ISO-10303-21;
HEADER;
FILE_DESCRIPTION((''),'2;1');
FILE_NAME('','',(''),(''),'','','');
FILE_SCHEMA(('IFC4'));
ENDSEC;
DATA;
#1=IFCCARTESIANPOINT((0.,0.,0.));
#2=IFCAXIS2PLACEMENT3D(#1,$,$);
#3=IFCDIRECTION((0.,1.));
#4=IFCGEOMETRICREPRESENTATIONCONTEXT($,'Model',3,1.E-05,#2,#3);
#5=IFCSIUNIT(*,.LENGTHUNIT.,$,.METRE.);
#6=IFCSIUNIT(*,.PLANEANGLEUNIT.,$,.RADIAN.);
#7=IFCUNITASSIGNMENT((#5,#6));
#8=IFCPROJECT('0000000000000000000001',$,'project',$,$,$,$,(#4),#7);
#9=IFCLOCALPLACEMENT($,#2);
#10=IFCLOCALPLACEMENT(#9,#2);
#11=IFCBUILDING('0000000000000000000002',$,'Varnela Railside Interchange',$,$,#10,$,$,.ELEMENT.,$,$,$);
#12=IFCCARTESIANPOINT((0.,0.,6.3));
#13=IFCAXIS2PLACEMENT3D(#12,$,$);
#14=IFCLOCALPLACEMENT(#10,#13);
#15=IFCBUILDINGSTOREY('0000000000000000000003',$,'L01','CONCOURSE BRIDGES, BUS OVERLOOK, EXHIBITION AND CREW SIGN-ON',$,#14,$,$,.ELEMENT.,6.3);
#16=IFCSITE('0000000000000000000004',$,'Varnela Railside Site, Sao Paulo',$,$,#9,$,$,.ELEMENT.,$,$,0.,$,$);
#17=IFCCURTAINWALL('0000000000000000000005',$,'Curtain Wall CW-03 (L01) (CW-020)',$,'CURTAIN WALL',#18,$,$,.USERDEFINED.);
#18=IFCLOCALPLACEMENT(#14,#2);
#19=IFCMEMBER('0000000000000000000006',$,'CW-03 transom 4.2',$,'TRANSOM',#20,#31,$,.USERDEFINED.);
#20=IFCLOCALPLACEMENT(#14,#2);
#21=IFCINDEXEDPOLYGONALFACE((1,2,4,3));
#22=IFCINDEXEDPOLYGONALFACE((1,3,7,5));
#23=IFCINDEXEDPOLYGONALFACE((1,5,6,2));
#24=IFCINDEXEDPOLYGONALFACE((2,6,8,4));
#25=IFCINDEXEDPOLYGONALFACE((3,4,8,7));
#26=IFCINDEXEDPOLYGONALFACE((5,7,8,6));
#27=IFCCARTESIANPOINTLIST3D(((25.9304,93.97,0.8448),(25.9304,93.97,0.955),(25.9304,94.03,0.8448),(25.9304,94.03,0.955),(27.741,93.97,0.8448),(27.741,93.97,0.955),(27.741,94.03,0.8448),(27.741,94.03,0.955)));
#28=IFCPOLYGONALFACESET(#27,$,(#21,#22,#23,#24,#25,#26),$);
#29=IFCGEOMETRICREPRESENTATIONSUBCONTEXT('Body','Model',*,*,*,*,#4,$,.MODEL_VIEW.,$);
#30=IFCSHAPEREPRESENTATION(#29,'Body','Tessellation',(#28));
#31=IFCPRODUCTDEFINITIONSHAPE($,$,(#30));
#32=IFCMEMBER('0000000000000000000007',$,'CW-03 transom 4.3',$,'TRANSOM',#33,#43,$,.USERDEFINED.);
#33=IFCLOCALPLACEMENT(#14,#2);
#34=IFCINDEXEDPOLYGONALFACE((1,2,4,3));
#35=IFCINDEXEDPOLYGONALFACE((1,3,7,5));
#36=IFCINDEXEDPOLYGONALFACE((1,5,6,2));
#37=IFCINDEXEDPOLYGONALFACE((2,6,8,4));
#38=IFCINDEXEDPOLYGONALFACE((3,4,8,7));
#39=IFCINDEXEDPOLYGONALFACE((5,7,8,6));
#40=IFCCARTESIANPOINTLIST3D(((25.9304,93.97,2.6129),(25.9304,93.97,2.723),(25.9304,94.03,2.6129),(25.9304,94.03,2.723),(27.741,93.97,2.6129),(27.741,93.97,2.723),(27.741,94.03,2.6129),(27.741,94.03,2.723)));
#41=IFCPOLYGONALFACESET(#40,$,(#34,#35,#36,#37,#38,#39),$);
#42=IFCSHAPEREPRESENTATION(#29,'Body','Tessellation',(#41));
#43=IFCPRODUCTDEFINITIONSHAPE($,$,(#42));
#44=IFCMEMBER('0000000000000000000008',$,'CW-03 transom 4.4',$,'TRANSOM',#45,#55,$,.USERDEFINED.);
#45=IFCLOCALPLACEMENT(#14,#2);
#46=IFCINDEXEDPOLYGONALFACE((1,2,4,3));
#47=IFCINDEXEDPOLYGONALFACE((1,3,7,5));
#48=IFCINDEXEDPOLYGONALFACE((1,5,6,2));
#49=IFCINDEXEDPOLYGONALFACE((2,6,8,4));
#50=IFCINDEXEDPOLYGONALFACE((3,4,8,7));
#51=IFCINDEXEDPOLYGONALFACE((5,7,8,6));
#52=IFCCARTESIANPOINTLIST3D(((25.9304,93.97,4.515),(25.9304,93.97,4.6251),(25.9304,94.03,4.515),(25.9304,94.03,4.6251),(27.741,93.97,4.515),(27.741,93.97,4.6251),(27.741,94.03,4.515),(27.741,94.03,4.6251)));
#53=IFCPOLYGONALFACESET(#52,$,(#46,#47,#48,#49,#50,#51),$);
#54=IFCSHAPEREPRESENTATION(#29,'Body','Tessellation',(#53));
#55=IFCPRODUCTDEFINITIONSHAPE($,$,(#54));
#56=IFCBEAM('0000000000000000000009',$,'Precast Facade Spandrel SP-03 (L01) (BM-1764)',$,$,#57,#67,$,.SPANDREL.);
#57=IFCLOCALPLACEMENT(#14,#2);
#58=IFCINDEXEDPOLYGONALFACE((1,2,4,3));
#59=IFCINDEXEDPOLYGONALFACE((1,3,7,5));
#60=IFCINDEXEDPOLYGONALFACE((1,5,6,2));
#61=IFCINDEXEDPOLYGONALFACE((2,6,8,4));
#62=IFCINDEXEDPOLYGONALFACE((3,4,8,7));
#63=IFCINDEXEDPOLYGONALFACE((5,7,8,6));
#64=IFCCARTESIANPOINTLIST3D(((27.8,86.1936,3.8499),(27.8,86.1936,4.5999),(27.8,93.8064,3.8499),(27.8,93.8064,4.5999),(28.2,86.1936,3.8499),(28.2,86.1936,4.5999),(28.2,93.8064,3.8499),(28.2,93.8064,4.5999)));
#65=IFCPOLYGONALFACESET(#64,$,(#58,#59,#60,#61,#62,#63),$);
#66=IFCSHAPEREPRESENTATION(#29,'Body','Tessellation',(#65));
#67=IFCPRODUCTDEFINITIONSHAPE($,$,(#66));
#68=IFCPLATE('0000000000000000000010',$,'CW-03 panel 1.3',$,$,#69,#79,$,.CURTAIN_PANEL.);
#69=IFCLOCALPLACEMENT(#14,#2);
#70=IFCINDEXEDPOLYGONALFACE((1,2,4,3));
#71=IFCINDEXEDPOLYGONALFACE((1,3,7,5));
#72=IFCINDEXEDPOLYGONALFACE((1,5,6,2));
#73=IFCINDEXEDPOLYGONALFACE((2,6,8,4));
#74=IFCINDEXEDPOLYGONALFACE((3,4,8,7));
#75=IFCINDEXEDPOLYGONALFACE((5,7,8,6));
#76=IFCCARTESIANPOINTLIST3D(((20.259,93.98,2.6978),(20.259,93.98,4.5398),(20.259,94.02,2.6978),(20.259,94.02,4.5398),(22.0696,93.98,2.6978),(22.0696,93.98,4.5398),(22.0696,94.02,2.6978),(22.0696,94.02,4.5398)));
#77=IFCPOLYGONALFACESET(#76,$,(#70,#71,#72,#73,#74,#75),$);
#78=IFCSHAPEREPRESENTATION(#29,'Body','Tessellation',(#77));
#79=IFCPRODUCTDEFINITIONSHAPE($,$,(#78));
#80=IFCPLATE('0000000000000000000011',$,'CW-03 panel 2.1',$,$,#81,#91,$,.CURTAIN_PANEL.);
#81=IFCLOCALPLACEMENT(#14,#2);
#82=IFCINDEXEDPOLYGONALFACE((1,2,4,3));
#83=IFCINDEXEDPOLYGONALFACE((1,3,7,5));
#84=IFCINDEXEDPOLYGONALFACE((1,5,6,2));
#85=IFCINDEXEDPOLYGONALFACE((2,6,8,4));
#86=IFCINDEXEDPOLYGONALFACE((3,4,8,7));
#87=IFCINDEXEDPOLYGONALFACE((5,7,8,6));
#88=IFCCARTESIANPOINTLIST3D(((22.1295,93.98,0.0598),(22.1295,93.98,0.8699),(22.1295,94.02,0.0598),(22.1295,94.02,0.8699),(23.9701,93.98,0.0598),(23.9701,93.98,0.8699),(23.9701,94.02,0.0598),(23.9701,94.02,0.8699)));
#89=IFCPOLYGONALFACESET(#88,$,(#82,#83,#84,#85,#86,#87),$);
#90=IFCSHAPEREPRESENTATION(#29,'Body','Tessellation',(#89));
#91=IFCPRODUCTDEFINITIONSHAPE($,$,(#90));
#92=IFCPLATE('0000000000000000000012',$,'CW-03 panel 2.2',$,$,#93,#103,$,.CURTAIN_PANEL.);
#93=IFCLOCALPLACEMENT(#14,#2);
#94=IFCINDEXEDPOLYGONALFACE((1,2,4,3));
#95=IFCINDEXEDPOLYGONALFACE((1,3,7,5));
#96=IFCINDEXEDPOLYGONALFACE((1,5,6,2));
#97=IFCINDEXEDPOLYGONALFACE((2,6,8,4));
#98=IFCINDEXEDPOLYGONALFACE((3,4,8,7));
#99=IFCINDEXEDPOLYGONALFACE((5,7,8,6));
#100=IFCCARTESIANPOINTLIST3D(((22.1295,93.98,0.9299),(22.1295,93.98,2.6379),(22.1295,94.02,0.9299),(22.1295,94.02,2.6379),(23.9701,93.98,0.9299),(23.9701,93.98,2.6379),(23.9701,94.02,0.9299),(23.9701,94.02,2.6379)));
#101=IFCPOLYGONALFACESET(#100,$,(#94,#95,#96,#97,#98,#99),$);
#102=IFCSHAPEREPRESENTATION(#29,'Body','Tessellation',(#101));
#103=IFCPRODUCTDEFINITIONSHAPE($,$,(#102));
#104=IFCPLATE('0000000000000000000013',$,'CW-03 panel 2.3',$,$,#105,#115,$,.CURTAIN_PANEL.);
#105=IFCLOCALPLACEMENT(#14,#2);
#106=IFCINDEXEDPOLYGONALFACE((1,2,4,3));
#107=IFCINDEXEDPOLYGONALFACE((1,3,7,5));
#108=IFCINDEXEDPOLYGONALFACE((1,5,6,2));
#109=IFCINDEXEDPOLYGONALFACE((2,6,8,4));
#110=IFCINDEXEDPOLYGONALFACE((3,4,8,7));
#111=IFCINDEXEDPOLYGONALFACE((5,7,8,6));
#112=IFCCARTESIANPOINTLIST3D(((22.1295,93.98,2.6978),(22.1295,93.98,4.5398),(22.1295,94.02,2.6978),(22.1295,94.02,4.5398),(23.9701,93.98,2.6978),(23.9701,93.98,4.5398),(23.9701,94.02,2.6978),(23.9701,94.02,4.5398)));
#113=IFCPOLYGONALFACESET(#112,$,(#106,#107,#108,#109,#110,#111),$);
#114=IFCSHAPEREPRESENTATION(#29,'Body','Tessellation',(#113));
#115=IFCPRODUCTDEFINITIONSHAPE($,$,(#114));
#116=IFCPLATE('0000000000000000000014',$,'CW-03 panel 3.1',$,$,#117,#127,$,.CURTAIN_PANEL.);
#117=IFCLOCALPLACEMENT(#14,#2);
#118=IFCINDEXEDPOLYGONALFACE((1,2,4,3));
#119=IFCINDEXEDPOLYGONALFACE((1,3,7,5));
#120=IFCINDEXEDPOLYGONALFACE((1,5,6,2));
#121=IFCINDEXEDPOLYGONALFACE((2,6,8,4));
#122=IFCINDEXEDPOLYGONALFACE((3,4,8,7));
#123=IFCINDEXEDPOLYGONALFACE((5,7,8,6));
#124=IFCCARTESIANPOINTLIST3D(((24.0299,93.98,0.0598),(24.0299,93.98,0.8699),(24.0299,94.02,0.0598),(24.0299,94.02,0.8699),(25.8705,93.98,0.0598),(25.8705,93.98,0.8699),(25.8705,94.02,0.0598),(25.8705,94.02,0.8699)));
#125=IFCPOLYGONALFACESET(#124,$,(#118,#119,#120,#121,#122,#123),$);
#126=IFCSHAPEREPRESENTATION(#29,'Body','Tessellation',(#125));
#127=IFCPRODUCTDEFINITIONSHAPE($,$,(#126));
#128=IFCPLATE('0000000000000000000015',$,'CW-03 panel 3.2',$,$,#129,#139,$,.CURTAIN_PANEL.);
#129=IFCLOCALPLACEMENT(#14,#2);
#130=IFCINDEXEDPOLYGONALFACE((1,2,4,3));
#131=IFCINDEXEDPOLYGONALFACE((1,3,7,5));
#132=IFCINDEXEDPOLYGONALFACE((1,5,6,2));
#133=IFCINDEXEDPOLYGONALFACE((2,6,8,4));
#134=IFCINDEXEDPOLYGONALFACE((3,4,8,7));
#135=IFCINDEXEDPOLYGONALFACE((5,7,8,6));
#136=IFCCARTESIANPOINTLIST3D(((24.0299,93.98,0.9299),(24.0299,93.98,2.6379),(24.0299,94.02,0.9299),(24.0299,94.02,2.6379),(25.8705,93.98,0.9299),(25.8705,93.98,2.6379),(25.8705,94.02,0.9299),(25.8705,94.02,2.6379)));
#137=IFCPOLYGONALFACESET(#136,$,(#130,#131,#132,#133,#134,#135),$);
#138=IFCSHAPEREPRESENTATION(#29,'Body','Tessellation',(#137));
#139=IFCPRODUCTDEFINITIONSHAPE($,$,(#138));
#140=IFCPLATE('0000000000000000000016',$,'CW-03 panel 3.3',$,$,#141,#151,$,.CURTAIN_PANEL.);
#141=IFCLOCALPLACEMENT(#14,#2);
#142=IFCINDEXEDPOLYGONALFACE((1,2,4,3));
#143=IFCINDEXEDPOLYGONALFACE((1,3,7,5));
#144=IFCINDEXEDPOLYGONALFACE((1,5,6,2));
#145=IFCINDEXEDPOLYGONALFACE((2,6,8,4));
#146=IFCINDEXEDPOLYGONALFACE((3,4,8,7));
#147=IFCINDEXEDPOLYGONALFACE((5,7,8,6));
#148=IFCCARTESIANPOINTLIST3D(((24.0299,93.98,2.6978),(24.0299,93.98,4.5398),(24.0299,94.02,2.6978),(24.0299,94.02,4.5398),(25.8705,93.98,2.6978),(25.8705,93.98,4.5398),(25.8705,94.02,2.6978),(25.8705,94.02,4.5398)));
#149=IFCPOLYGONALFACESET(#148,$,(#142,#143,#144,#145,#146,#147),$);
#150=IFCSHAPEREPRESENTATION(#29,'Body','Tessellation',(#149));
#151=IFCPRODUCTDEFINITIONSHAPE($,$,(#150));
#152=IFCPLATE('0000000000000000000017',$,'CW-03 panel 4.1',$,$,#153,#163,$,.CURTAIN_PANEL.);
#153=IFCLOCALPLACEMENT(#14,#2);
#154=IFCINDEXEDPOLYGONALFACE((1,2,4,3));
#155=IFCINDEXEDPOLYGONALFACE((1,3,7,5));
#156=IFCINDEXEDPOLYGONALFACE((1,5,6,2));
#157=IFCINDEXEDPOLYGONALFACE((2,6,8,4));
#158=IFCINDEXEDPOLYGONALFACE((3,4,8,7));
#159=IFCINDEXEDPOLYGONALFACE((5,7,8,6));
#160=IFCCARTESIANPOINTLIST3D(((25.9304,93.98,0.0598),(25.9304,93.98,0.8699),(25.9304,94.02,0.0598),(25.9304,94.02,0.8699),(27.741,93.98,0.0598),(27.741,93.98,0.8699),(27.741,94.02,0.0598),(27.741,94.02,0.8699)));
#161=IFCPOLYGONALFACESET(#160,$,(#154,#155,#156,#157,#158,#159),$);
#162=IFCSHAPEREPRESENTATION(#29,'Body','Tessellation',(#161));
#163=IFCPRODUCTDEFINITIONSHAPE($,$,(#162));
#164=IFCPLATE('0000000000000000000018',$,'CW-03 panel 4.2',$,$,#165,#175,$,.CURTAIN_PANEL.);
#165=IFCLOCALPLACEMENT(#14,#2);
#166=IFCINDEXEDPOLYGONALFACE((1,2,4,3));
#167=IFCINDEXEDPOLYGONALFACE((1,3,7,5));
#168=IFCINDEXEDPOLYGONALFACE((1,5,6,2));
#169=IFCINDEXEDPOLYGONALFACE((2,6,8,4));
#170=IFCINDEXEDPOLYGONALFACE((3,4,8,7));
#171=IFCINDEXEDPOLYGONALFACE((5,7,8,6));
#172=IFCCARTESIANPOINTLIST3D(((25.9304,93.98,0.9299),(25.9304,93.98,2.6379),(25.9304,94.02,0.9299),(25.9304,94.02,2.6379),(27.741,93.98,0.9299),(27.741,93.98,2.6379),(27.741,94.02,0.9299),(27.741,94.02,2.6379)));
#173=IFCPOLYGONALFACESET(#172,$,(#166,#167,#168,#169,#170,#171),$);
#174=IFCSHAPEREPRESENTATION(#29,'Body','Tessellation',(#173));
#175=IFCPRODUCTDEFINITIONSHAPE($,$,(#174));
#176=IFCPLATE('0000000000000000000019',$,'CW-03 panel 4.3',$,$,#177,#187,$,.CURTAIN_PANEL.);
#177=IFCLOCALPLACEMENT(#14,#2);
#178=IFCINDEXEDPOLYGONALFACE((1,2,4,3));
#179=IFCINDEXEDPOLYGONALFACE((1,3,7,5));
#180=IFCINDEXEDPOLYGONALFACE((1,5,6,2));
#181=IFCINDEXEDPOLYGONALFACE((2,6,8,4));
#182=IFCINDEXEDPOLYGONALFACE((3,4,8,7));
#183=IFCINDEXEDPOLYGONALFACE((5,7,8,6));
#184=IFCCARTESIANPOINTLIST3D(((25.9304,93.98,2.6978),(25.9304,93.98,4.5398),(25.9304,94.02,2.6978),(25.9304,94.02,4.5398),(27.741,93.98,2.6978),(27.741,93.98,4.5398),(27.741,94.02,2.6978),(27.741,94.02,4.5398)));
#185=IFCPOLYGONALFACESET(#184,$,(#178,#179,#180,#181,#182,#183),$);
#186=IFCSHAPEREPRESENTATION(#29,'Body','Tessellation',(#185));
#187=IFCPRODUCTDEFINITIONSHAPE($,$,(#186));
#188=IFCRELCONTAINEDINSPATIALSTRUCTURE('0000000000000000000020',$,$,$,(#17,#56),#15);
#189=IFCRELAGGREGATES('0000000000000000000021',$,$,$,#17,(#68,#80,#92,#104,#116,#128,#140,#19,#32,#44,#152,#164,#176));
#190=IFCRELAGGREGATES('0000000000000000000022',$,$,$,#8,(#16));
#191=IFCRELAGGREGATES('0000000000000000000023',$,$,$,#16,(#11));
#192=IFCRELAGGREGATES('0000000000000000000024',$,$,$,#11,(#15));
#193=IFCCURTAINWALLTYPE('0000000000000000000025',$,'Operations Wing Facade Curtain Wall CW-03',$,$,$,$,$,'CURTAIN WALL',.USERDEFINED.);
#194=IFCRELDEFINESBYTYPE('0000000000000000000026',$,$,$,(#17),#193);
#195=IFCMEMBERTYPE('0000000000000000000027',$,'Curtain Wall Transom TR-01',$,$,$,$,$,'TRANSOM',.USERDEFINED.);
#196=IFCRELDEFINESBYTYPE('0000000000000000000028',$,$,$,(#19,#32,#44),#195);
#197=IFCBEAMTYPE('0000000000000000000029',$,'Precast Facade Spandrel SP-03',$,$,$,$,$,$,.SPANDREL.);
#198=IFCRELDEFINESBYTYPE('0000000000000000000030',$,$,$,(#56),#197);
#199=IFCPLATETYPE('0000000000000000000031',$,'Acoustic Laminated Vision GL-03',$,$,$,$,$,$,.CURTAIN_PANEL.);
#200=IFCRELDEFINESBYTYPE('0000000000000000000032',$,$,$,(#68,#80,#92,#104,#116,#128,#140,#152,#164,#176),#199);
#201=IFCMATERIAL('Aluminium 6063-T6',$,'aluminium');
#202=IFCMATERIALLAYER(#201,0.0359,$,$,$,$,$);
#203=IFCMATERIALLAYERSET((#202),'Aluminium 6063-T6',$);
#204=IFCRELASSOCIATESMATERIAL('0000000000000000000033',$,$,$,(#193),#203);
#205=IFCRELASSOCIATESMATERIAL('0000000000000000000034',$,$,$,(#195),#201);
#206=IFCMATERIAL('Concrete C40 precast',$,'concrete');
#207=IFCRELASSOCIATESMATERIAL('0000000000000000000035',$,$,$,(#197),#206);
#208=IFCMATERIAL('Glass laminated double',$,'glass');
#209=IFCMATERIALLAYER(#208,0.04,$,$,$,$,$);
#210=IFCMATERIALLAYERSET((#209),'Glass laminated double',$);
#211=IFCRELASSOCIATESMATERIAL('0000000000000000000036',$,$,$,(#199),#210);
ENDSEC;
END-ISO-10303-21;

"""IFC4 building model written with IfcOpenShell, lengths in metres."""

from ifc_helpers import new_model, si_unit, direction, frame, origin, origin_2d, place, context, subcontext, project, spatial, rectangle, extrude, material, layer, layer_set, material_profile, profile_set, type_object, element, aggregate, save


model = new_model("IFC4")

# Units and contexts
model_context = context("Model", 3, precision=1e-05, world=origin(), true_north=direction((0.0, 1.0)))
body_context = subcontext(model_context, "Body", "Model", "MODEL_VIEW")
ifc_project = project(units=[si_unit("LENGTHUNIT", "METRE"), si_unit("PLANEANGLEUNIT", "RADIAN")], contexts=[model_context])

# Site, building, storey
site_placement = place(None, origin())
site = spatial("IfcSite", under=ifc_project, at=site_placement, Name="Varnela Railside Site, Sao Paulo", CompositionType="ELEMENT", RefElevation=0.0)
building_placement = place(site_placement, origin())
building = spatial("IfcBuilding", under=site, at=building_placement, Name="Varnela Railside Interchange", CompositionType="ELEMENT")
storey_placement = place(building_placement, frame((0.0, 0.0, 6.3)))
storey = spatial("IfcBuildingStorey", under=building, at=storey_placement, Name="L01", Description="CONCOURSE BRIDGES, BUS OVERLOOK, EXHIBITION AND CREW SIGN-ON", CompositionType="ELEMENT", Elevation=6.3)

# Curtain wall, members
ifc_material_1 = material(Name="Aluminium 6063-T6", Category="aluminium")
ifc_layer_1 = layer(ifc_material_1, 0.0359)
ifc_layer_set_1 = layer_set([ifc_layer_1], Name="Aluminium 6063-T6")
curtain_wall_type = type_object("IfcCurtainWallType", Name="Operations Wing Facade Curtain Wall CW-03", ElementType="CURTAIN WALL", PredefinedType="USERDEFINED", material=ifc_layer_set_1)
curtain_wall_placement = place(storey_placement, origin())
curtain_wall = element("IfcCurtainWall", 1, at=curtain_wall_placement, inside=storey, type_object=curtain_wall_type, Name="Curtain Wall CW-03 (L01) (CW-020)", ObjectType="CURTAIN WALL", PredefinedType="USERDEFINED")
ifc_material_profile_1 = material_profile(ifc_material_1, rectangle(XDim=0.0601, YDim=0.1101, at=origin_2d()), Name="ALU 60x110")
ifc_profile_set_1 = profile_set([ifc_material_profile_1], Name="Aluminium 6063-T6")
member_type_1 = type_object("IfcMemberType", Name="Curtain Wall Transom TR-01", ElementType="TRANSOM", PredefinedType="USERDEFINED", material=ifc_profile_set_1)
member_1_placement = place(storey_placement, frame((25.9304, 94.0, 0.8999), z_axis=(1.0, 0.0, 0.0), x_axis=(0.0, 1.0, 0.0)))
member_1 = element("IfcMember", 2, at=member_1_placement, type_object=member_type_1, Name="CW-03 transom 4.2", ObjectType="TRANSOM", PredefinedType="USERDEFINED", context=body_context, shape_type="SweptSolid", body=[
    extrude(rectangle(XDim=0.0601, YDim=0.1101, at=origin_2d()), origin(), (0.0, 0.0, 1.0), 1.8105),
])
member_2_placement = place(storey_placement, frame((25.9304, 94.0, 2.668), z_axis=(1.0, 0.0, 0.0), x_axis=(0.0, 1.0, 0.0)))
member_2 = element("IfcMember", 3, at=member_2_placement, type_object=member_type_1, Name="CW-03 transom 4.3", ObjectType="TRANSOM", PredefinedType="USERDEFINED", context=body_context, shape_type="SweptSolid", body=[
    extrude(rectangle(XDim=0.0601, YDim=0.1101, at=origin_2d()), origin(), (0.0, 0.0, 1.0), 1.8105),
])
member_3_placement = place(storey_placement, frame((25.9304, 94.0, 4.5701), z_axis=(1.0, 0.0, 0.0), x_axis=(0.0, 1.0, 0.0)))
member_3 = element("IfcMember", 4, at=member_3_placement, type_object=member_type_1, Name="CW-03 transom 4.4", ObjectType="TRANSOM", PredefinedType="USERDEFINED", context=body_context, shape_type="SweptSolid", body=[
    extrude(rectangle(XDim=0.0601, YDim=0.1101, at=origin_2d()), origin(), (0.0, 0.0, 1.0), 1.8105),
])

# Beam
ifc_material_2 = material(Name="Concrete C40 precast", Category="concrete")
ifc_material_profile_2 = material_profile(ifc_material_2, rectangle(XDim=0.3999, YDim=0.75, at=origin_2d()), Name="PC 400x750")
ifc_profile_set_2 = profile_set([ifc_material_profile_2], Name="Concrete C40 precast")
beam_type = type_object("IfcBeamType", Name="Precast Facade Spandrel SP-03", PredefinedType="SPANDREL", material=ifc_profile_set_2)
beam_placement = place(storey_placement, frame((28.0, 86.1936, 4.2249), z_axis=(0.0, 1.0, 0.0), x_axis=(-1.0, 0.0, 0.0)))
element("IfcBeam", 5, at=beam_placement, inside=storey, type_object=beam_type, Name="Precast Facade Spandrel SP-03 (L01) (BM-1764)", PredefinedType="SPANDREL", context=body_context, shape_type="SweptSolid", body=[
    extrude(rectangle(XDim=0.3999, YDim=0.75, at=origin_2d()), origin(), (0.0, 0.0, 1.0), 7.6128),
])

# Plates
ifc_material_3 = material(Name="Glass laminated double", Category="glass")
ifc_layer_2 = layer(ifc_material_3, 0.04)
ifc_layer_set_2 = layer_set([ifc_layer_2], Name="Glass laminated double")
plate_type = type_object("IfcPlateType", Name="Acoustic Laminated Vision GL-03", PredefinedType="CURTAIN_PANEL", material=ifc_layer_set_2)
plate_1_placement = place(storey_placement, frame((21.1643, 94.0, 2.6978), z_axis=(0.0, 0.0, 1.0), x_axis=(1.0, 0.0, 0.0)))
plate_1 = element("IfcPlate", 6, at=plate_1_placement, type_object=plate_type, Name="CW-03 panel 1.3", PredefinedType="CURTAIN_PANEL", context=body_context, shape_type="SweptSolid", body=[
    extrude(rectangle(XDim=1.8105, YDim=0.04, at=origin_2d()), origin(), (0.0, 0.0, 1.0), 1.842),
])
plate_2_placement = place(storey_placement, frame((23.0498, 94.0, 0.0598), z_axis=(0.0, 0.0, 1.0), x_axis=(1.0, 0.0, 0.0)))
plate_2 = element("IfcPlate", 7, at=plate_2_placement, type_object=plate_type, Name="CW-03 panel 2.1", PredefinedType="CURTAIN_PANEL", context=body_context, shape_type="SweptSolid", body=[
    extrude(rectangle(XDim=1.8406, YDim=0.04, at=origin_2d()), origin(), (0.0, 0.0, 1.0), 0.8101),
])
plate_3_placement = place(storey_placement, frame((23.0498, 94.0, 0.9299), z_axis=(0.0, 0.0, 1.0), x_axis=(1.0, 0.0, 0.0)))
plate_3 = element("IfcPlate", 8, at=plate_3_placement, type_object=plate_type, Name="CW-03 panel 2.2", PredefinedType="CURTAIN_PANEL", context=body_context, shape_type="SweptSolid", body=[
    extrude(rectangle(XDim=1.8406, YDim=0.04, at=origin_2d()), origin(), (0.0, 0.0, 1.0), 1.708),
])
plate_4_placement = place(storey_placement, frame((23.0498, 94.0, 2.6978), z_axis=(0.0, 0.0, 1.0), x_axis=(1.0, 0.0, 0.0)))
plate_4 = element("IfcPlate", 9, at=plate_4_placement, type_object=plate_type, Name="CW-03 panel 2.3", PredefinedType="CURTAIN_PANEL", context=body_context, shape_type="SweptSolid", body=[
    extrude(rectangle(XDim=1.8406, YDim=0.04, at=origin_2d()), origin(), (0.0, 0.0, 1.0), 1.842),
])
plate_5_placement = place(storey_placement, frame((24.9502, 94.0, 0.0598), z_axis=(0.0, 0.0, 1.0), x_axis=(1.0, 0.0, 0.0)))
plate_5 = element("IfcPlate", 10, at=plate_5_placement, type_object=plate_type, Name="CW-03 panel 3.1", PredefinedType="CURTAIN_PANEL", context=body_context, shape_type="SweptSolid", body=[
    extrude(rectangle(XDim=1.8406, YDim=0.04, at=origin_2d()), origin(), (0.0, 0.0, 1.0), 0.8101),
])
plate_6_placement = place(storey_placement, frame((24.9502, 94.0, 0.9299), z_axis=(0.0, 0.0, 1.0), x_axis=(1.0, 0.0, 0.0)))
plate_6 = element("IfcPlate", 11, at=plate_6_placement, type_object=plate_type, Name="CW-03 panel 3.2", PredefinedType="CURTAIN_PANEL", context=body_context, shape_type="SweptSolid", body=[
    extrude(rectangle(XDim=1.8406, YDim=0.04, at=origin_2d()), origin(), (0.0, 0.0, 1.0), 1.708),
])
plate_7_placement = place(storey_placement, frame((24.9502, 94.0, 2.6978), z_axis=(0.0, 0.0, 1.0), x_axis=(1.0, 0.0, 0.0)))
plate_7 = element("IfcPlate", 12, at=plate_7_placement, type_object=plate_type, Name="CW-03 panel 3.3", PredefinedType="CURTAIN_PANEL", context=body_context, shape_type="SweptSolid", body=[
    extrude(rectangle(XDim=1.8406, YDim=0.04, at=origin_2d()), origin(), (0.0, 0.0, 1.0), 1.842),
])
plate_8_placement = place(storey_placement, frame((26.8357, 94.0, 0.0598), z_axis=(0.0, 0.0, 1.0), x_axis=(1.0, 0.0, 0.0)))
plate_8 = element("IfcPlate", 13, at=plate_8_placement, type_object=plate_type, Name="CW-03 panel 4.1", PredefinedType="CURTAIN_PANEL", context=body_context, shape_type="SweptSolid", body=[
    extrude(rectangle(XDim=1.8105, YDim=0.04, at=origin_2d()), origin(), (0.0, 0.0, 1.0), 0.8101),
])
plate_9_placement = place(storey_placement, frame((26.8357, 94.0, 0.9299), z_axis=(0.0, 0.0, 1.0), x_axis=(1.0, 0.0, 0.0)))
plate_9 = element("IfcPlate", 14, at=plate_9_placement, type_object=plate_type, Name="CW-03 panel 4.2", PredefinedType="CURTAIN_PANEL", context=body_context, shape_type="SweptSolid", body=[
    extrude(rectangle(XDim=1.8105, YDim=0.04, at=origin_2d()), origin(), (0.0, 0.0, 1.0), 1.708),
])
plate_10_placement = place(storey_placement, frame((26.8357, 94.0, 2.6978), z_axis=(0.0, 0.0, 1.0), x_axis=(1.0, 0.0, 0.0)))
plate_10 = element("IfcPlate", 15, at=plate_10_placement, type_object=plate_type, Name="CW-03 panel 4.3", PredefinedType="CURTAIN_PANEL", context=body_context, shape_type="SweptSolid", body=[
    extrude(rectangle(XDim=1.8105, YDim=0.04, at=origin_2d()), origin(), (0.0, 0.0, 1.0), 1.842),
])
aggregate(curtain_wall, [plate_1, plate_2, plate_3, plate_4, plate_5, plate_6, plate_7, member_1, member_2, member_3, plate_8, plate_9, plate_10])

save(model, "model.ifc")
